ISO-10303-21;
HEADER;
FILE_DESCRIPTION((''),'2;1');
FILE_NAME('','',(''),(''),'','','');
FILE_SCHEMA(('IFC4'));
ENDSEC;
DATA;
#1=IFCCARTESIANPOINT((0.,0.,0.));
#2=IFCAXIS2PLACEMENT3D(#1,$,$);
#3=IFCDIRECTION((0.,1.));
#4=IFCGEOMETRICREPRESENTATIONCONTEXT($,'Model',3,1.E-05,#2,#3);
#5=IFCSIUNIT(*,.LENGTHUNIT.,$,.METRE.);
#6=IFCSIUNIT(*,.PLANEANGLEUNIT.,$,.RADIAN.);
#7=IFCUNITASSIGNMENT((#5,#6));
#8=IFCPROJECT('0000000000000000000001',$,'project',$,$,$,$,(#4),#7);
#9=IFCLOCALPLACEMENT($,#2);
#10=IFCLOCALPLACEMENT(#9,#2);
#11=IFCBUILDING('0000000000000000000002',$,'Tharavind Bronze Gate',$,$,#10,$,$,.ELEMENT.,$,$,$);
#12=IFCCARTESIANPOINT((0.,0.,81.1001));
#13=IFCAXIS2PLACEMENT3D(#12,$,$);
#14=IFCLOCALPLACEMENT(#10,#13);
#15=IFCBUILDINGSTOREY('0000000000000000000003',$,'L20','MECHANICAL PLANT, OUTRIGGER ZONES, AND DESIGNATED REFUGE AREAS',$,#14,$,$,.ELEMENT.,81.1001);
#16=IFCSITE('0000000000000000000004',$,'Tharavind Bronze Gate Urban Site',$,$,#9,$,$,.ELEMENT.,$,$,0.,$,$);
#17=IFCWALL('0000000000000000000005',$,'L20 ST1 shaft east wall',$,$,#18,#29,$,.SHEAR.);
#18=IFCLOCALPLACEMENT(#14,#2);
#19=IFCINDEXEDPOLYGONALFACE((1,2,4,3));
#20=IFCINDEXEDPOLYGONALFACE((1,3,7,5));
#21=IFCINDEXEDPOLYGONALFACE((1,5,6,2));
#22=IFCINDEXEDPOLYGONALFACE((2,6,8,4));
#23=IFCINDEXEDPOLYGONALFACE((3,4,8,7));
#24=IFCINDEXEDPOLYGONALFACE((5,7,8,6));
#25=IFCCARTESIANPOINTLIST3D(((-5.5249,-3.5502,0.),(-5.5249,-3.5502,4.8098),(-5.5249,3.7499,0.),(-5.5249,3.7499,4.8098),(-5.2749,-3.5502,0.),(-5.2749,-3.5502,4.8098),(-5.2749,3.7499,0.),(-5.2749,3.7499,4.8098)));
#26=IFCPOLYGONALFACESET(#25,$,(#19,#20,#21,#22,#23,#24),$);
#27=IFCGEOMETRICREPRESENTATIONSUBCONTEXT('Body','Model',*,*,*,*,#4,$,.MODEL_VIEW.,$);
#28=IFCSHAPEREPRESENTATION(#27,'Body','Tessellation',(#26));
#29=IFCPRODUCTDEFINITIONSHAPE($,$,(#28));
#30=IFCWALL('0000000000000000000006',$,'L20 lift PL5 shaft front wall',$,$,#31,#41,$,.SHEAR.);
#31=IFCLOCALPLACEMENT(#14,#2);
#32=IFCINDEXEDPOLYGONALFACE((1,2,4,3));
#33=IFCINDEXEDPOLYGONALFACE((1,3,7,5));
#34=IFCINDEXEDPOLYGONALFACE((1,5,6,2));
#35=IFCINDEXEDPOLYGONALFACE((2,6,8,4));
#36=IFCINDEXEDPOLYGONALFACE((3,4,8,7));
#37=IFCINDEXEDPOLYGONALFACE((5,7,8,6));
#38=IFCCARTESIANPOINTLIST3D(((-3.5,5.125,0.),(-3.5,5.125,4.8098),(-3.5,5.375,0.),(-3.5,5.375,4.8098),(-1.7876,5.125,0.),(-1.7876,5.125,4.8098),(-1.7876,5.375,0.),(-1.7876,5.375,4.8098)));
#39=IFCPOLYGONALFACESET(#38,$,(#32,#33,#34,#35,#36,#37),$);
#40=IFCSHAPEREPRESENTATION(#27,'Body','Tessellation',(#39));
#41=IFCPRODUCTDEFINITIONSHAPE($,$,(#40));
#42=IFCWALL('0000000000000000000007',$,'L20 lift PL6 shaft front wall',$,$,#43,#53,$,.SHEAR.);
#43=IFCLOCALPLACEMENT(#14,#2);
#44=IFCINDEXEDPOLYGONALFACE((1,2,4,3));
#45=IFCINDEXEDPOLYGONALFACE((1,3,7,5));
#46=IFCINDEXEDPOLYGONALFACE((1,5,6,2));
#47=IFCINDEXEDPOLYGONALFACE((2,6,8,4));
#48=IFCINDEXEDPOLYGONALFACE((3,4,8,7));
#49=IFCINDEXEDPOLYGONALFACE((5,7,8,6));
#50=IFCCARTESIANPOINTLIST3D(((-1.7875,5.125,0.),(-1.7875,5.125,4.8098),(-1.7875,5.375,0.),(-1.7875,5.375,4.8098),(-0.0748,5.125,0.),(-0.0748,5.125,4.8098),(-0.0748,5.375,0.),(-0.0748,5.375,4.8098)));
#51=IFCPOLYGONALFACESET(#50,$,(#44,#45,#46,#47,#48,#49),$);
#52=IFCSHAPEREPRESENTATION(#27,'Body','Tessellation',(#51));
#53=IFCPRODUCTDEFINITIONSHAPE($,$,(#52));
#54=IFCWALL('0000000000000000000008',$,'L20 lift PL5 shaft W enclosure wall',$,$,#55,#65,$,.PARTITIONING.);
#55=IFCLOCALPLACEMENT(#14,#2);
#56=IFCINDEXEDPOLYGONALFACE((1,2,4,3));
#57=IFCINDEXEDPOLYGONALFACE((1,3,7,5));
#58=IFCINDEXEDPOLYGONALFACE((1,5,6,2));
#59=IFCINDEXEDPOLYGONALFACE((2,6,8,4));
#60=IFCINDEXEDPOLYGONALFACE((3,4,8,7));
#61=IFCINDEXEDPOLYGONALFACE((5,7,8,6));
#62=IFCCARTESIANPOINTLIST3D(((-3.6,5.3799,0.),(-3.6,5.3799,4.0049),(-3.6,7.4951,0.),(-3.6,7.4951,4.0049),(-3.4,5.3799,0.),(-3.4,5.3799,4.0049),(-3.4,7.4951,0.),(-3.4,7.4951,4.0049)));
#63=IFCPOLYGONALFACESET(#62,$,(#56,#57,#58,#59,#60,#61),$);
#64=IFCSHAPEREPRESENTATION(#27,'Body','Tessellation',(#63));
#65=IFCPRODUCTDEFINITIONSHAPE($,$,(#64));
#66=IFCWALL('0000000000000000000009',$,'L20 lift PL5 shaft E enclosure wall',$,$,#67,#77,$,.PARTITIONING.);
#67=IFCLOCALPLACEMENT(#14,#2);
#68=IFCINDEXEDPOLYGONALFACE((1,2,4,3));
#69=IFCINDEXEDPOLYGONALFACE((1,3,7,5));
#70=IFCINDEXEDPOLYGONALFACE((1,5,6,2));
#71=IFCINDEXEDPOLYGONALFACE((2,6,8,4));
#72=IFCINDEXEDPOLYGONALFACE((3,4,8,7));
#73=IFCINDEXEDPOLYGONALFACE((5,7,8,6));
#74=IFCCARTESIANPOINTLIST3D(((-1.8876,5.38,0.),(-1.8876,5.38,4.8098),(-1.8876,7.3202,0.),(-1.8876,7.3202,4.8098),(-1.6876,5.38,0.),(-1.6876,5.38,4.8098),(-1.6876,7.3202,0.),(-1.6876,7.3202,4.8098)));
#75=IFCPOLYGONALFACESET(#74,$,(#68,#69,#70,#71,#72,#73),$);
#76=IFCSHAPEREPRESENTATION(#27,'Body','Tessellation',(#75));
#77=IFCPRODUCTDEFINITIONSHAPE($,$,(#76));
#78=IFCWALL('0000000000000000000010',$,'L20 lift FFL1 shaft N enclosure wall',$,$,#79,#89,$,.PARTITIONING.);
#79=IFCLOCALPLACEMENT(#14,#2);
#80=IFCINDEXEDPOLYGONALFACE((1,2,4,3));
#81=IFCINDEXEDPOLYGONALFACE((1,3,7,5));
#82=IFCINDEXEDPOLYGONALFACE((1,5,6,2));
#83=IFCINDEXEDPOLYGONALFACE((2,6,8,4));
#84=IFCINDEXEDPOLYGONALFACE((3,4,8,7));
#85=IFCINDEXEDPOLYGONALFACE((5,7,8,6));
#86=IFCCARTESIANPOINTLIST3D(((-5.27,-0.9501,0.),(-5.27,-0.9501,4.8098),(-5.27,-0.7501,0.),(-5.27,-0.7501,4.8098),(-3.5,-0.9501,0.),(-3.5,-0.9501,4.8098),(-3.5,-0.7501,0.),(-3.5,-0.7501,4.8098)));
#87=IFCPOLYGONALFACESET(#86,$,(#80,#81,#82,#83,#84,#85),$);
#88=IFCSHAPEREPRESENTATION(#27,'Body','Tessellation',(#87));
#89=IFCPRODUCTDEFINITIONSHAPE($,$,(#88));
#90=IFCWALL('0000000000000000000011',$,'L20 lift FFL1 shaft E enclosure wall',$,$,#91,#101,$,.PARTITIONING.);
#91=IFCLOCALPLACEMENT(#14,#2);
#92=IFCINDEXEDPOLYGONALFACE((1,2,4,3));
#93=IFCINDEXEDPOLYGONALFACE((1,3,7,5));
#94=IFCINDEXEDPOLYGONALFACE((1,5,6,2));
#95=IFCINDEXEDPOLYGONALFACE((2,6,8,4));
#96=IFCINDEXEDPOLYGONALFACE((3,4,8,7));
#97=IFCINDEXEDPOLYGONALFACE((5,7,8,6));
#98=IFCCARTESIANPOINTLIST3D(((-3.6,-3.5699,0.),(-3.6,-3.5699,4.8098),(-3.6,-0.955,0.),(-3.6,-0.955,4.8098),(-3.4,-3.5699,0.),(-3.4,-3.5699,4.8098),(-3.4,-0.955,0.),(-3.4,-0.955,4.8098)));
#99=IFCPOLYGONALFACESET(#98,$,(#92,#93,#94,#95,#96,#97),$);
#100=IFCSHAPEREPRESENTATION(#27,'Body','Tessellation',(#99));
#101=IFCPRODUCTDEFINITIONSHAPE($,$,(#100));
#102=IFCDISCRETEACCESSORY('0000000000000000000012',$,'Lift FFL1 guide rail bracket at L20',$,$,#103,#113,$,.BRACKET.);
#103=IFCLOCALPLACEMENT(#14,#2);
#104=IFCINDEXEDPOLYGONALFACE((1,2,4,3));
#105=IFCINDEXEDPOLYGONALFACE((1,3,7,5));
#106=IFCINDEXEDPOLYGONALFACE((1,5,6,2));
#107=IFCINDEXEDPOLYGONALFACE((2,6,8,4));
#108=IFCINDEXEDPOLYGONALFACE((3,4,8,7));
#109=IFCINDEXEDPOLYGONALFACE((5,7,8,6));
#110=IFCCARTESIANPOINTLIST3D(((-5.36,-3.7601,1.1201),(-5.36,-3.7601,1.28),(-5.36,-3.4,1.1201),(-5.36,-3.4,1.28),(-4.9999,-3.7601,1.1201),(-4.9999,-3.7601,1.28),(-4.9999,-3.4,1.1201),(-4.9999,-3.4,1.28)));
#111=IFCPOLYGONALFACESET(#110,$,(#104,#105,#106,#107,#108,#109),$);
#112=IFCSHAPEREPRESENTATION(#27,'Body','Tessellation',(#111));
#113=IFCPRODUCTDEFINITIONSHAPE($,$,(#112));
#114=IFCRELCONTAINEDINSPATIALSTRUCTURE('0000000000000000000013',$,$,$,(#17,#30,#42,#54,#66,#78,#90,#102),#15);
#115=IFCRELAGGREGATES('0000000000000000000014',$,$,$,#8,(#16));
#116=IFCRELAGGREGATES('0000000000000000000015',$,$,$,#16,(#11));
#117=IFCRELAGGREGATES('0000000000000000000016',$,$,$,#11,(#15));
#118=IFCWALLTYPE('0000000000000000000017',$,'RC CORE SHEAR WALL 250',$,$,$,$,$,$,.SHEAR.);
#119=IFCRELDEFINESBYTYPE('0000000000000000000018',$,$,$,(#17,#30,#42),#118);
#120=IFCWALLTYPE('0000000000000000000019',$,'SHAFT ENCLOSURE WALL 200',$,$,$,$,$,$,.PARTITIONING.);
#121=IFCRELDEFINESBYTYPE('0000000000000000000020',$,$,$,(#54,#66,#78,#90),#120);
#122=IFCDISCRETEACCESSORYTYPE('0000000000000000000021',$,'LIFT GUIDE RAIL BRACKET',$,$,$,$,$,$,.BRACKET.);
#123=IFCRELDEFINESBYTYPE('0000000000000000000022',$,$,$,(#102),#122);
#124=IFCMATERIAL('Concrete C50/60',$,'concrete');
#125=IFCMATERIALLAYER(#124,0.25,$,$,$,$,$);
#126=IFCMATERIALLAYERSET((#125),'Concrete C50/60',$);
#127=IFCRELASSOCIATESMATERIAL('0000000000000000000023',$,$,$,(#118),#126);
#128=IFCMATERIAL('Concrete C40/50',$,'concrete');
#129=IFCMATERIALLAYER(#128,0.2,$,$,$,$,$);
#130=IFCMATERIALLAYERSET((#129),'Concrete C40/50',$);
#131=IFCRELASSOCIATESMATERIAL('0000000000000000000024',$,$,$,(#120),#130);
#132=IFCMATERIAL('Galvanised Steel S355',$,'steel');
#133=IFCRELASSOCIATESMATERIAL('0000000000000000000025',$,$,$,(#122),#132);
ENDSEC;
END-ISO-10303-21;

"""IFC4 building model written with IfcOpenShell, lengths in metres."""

from ifc_helpers import new_model, si_unit, direction, frame, frame_2d, origin, origin_2d, place, context, subcontext, project, spatial, rectangle, extrude, material, layer, layer_set, type_object, element, save


model = new_model("IFC4")

# Units and contexts
model_context = context("Model", 3, precision=1e-05, world=origin(), true_north=direction((0.0, 1.0)))
body_context = subcontext(model_context, "Body", "Model", "MODEL_VIEW")
ifc_project = project(units=[si_unit("LENGTHUNIT", "METRE"), si_unit("PLANEANGLEUNIT", "RADIAN")], contexts=[model_context])

# Site, building, storey
site_placement = place(None, origin())
site = spatial("IfcSite", under=ifc_project, at=site_placement, Name="Tharavind Bronze Gate Urban Site", CompositionType="ELEMENT", RefElevation=0.0)
building_placement = place(site_placement, origin())
building = spatial("IfcBuilding", under=site, at=building_placement, Name="Tharavind Bronze Gate", CompositionType="ELEMENT")
storey_placement = place(building_placement, frame((0.0, 0.0, 81.1001)))
storey = spatial("IfcBuildingStorey", under=building, at=storey_placement, Name="L20", Description="MECHANICAL PLANT, OUTRIGGER ZONES, AND DESIGNATED REFUGE AREAS", CompositionType="ELEMENT", Elevation=81.1001)

# Walls
ifc_material_1 = material(Name="Concrete C50/60", Category="concrete")
ifc_layer_1 = layer(ifc_material_1, 0.25)
ifc_layer_set_1 = layer_set([ifc_layer_1], Name="Concrete C50/60")
wall_type_1 = type_object("IfcWallType", Name="RC CORE SHEAR WALL 250", PredefinedType="SHEAR", material=ifc_layer_set_1)
wall_1_placement = place(storey_placement, frame((-5.3999, -3.55, 0.0), z_axis=(0.0, 0.0, 1.0), x_axis=(0.0, 1.0, 0.0)))
element("IfcWall", 1, at=wall_1_placement, inside=storey, type_object=wall_type_1, Name="L20 ST1 shaft east wall", PredefinedType="SHEAR", context=body_context, shape_type="SweptSolid", body=[
    extrude(rectangle(XDim=7.3, YDim=0.25, at=frame_2d((3.6499, 0.0))), origin(), (0.0, 0.0, 1.0), 4.8098),
])
wall_2_placement = place(storey_placement, frame((-3.5, 5.25, 0.0), z_axis=(0.0, 0.0, 1.0), x_axis=(1.0, 0.0, 0.0)))
element("IfcWall", 2, at=wall_2_placement, inside=storey, type_object=wall_type_1, Name="L20 lift PL5 shaft front wall", PredefinedType="SHEAR", context=body_context, shape_type="SweptSolid", body=[
    extrude(rectangle(XDim=1.7124, YDim=0.25, at=frame_2d((0.8562, 0.0))), origin(), (0.0, 0.0, 1.0), 4.8098),
])
wall_3_placement = place(storey_placement, frame((-1.7876, 5.25, 0.0), z_axis=(0.0, 0.0, 1.0), x_axis=(1.0, 0.0, 0.0)))
element("IfcWall", 3, at=wall_3_placement, inside=storey, type_object=wall_type_1, Name="L20 lift PL6 shaft front wall", PredefinedType="SHEAR", context=body_context, shape_type="SweptSolid", body=[
    extrude(rectangle(XDim=1.7126, YDim=0.25, at=frame_2d((0.8564, 0.0))), origin(), (0.0, 0.0, 1.0), 4.8098),
])
ifc_material_2 = material(Name="Concrete C40/50", Category="concrete")
ifc_layer_2 = layer(ifc_material_2, 0.2)
ifc_layer_set_2 = layer_set([ifc_layer_2], Name="Concrete C40/50")
wall_type_2 = type_object("IfcWallType", Name="SHAFT ENCLOSURE WALL 200", PredefinedType="PARTITIONING", material=ifc_layer_set_2)
wall_4_placement = place(storey_placement, frame((-3.5, 5.3799, 0.0), z_axis=(0.0, 0.0, 1.0), x_axis=(0.0, 1.0, 0.0)))
element("IfcWall", 4, at=wall_4_placement, inside=storey, type_object=wall_type_2, Name="L20 lift PL5 shaft W enclosure wall", PredefinedType="PARTITIONING", context=body_context, shape_type="SweptSolid", body=[
    extrude(rectangle(XDim=2.1152, YDim=0.2, at=frame_2d((1.0576, 0.0))), origin(), (0.0, 0.0, 1.0), 4.0049),
])
wall_5_placement = place(storey_placement, frame((-1.7876, 5.3799, 0.0), z_axis=(0.0, 0.0, 1.0), x_axis=(0.0, 1.0, 0.0)))
element("IfcWall", 5, at=wall_5_placement, inside=storey, type_object=wall_type_2, Name="L20 lift PL5 shaft E enclosure wall", PredefinedType="PARTITIONING", context=body_context, shape_type="SweptSolid", body=[
    extrude(rectangle(XDim=1.9402, YDim=0.2, at=frame_2d((0.9702, 0.0))), origin(), (0.0, 0.0, 1.0), 4.8098),
])
wall_6_placement = place(storey_placement, frame((-5.27, -0.8501, 0.0), z_axis=(0.0, 0.0, 1.0), x_axis=(1.0, 0.0, 0.0)))
element("IfcWall", 6, at=wall_6_placement, inside=storey, type_object=wall_type_2, Name="L20 lift FFL1 shaft N enclosure wall", PredefinedType="PARTITIONING", context=body_context, shape_type="SweptSolid", body=[
    extrude(rectangle(XDim=1.77, YDim=0.2, at=frame_2d((0.885, 0.0))), origin(), (0.0, 0.0, 1.0), 4.8098),
])
wall_7_placement = place(storey_placement, frame((-3.5, -3.5701, 0.0), z_axis=(0.0, 0.0, 1.0), x_axis=(0.0, 1.0, 0.0)))
element("IfcWall", 7, at=wall_7_placement, inside=storey, type_object=wall_type_2, Name="L20 lift FFL1 shaft E enclosure wall", PredefinedType="PARTITIONING", context=body_context, shape_type="SweptSolid", body=[
    extrude(rectangle(XDim=2.615, YDim=0.2, at=frame_2d((1.3076, 0.0))), origin(), (0.0, 0.0, 1.0), 4.8098),
])

# Discrete accessory
ifc_material_3 = material(Name="Galvanised Steel S355", Category="steel")
discrete_accessory_type = type_object("IfcDiscreteAccessoryType", Name="LIFT GUIDE RAIL BRACKET", PredefinedType="BRACKET", material=ifc_material_3)
discrete_accessory_placement = place(storey_placement, frame((-5.1799, -3.5801, 1.1201), z_axis=(0.0, 0.0, 1.0), x_axis=(1.0, 0.0, 0.0)))
element("IfcDiscreteAccessory", 8, at=discrete_accessory_placement, inside=storey, type_object=discrete_accessory_type, Name="Lift FFL1 guide rail bracket at L20", PredefinedType="BRACKET", context=body_context, shape_type="SweptSolid", body=[
    extrude(rectangle(XDim=0.3601, YDim=0.3601, at=origin_2d()), origin(), (0.0, 0.0, 1.0), 0.1599),
])

save(model, "model.ifc")
